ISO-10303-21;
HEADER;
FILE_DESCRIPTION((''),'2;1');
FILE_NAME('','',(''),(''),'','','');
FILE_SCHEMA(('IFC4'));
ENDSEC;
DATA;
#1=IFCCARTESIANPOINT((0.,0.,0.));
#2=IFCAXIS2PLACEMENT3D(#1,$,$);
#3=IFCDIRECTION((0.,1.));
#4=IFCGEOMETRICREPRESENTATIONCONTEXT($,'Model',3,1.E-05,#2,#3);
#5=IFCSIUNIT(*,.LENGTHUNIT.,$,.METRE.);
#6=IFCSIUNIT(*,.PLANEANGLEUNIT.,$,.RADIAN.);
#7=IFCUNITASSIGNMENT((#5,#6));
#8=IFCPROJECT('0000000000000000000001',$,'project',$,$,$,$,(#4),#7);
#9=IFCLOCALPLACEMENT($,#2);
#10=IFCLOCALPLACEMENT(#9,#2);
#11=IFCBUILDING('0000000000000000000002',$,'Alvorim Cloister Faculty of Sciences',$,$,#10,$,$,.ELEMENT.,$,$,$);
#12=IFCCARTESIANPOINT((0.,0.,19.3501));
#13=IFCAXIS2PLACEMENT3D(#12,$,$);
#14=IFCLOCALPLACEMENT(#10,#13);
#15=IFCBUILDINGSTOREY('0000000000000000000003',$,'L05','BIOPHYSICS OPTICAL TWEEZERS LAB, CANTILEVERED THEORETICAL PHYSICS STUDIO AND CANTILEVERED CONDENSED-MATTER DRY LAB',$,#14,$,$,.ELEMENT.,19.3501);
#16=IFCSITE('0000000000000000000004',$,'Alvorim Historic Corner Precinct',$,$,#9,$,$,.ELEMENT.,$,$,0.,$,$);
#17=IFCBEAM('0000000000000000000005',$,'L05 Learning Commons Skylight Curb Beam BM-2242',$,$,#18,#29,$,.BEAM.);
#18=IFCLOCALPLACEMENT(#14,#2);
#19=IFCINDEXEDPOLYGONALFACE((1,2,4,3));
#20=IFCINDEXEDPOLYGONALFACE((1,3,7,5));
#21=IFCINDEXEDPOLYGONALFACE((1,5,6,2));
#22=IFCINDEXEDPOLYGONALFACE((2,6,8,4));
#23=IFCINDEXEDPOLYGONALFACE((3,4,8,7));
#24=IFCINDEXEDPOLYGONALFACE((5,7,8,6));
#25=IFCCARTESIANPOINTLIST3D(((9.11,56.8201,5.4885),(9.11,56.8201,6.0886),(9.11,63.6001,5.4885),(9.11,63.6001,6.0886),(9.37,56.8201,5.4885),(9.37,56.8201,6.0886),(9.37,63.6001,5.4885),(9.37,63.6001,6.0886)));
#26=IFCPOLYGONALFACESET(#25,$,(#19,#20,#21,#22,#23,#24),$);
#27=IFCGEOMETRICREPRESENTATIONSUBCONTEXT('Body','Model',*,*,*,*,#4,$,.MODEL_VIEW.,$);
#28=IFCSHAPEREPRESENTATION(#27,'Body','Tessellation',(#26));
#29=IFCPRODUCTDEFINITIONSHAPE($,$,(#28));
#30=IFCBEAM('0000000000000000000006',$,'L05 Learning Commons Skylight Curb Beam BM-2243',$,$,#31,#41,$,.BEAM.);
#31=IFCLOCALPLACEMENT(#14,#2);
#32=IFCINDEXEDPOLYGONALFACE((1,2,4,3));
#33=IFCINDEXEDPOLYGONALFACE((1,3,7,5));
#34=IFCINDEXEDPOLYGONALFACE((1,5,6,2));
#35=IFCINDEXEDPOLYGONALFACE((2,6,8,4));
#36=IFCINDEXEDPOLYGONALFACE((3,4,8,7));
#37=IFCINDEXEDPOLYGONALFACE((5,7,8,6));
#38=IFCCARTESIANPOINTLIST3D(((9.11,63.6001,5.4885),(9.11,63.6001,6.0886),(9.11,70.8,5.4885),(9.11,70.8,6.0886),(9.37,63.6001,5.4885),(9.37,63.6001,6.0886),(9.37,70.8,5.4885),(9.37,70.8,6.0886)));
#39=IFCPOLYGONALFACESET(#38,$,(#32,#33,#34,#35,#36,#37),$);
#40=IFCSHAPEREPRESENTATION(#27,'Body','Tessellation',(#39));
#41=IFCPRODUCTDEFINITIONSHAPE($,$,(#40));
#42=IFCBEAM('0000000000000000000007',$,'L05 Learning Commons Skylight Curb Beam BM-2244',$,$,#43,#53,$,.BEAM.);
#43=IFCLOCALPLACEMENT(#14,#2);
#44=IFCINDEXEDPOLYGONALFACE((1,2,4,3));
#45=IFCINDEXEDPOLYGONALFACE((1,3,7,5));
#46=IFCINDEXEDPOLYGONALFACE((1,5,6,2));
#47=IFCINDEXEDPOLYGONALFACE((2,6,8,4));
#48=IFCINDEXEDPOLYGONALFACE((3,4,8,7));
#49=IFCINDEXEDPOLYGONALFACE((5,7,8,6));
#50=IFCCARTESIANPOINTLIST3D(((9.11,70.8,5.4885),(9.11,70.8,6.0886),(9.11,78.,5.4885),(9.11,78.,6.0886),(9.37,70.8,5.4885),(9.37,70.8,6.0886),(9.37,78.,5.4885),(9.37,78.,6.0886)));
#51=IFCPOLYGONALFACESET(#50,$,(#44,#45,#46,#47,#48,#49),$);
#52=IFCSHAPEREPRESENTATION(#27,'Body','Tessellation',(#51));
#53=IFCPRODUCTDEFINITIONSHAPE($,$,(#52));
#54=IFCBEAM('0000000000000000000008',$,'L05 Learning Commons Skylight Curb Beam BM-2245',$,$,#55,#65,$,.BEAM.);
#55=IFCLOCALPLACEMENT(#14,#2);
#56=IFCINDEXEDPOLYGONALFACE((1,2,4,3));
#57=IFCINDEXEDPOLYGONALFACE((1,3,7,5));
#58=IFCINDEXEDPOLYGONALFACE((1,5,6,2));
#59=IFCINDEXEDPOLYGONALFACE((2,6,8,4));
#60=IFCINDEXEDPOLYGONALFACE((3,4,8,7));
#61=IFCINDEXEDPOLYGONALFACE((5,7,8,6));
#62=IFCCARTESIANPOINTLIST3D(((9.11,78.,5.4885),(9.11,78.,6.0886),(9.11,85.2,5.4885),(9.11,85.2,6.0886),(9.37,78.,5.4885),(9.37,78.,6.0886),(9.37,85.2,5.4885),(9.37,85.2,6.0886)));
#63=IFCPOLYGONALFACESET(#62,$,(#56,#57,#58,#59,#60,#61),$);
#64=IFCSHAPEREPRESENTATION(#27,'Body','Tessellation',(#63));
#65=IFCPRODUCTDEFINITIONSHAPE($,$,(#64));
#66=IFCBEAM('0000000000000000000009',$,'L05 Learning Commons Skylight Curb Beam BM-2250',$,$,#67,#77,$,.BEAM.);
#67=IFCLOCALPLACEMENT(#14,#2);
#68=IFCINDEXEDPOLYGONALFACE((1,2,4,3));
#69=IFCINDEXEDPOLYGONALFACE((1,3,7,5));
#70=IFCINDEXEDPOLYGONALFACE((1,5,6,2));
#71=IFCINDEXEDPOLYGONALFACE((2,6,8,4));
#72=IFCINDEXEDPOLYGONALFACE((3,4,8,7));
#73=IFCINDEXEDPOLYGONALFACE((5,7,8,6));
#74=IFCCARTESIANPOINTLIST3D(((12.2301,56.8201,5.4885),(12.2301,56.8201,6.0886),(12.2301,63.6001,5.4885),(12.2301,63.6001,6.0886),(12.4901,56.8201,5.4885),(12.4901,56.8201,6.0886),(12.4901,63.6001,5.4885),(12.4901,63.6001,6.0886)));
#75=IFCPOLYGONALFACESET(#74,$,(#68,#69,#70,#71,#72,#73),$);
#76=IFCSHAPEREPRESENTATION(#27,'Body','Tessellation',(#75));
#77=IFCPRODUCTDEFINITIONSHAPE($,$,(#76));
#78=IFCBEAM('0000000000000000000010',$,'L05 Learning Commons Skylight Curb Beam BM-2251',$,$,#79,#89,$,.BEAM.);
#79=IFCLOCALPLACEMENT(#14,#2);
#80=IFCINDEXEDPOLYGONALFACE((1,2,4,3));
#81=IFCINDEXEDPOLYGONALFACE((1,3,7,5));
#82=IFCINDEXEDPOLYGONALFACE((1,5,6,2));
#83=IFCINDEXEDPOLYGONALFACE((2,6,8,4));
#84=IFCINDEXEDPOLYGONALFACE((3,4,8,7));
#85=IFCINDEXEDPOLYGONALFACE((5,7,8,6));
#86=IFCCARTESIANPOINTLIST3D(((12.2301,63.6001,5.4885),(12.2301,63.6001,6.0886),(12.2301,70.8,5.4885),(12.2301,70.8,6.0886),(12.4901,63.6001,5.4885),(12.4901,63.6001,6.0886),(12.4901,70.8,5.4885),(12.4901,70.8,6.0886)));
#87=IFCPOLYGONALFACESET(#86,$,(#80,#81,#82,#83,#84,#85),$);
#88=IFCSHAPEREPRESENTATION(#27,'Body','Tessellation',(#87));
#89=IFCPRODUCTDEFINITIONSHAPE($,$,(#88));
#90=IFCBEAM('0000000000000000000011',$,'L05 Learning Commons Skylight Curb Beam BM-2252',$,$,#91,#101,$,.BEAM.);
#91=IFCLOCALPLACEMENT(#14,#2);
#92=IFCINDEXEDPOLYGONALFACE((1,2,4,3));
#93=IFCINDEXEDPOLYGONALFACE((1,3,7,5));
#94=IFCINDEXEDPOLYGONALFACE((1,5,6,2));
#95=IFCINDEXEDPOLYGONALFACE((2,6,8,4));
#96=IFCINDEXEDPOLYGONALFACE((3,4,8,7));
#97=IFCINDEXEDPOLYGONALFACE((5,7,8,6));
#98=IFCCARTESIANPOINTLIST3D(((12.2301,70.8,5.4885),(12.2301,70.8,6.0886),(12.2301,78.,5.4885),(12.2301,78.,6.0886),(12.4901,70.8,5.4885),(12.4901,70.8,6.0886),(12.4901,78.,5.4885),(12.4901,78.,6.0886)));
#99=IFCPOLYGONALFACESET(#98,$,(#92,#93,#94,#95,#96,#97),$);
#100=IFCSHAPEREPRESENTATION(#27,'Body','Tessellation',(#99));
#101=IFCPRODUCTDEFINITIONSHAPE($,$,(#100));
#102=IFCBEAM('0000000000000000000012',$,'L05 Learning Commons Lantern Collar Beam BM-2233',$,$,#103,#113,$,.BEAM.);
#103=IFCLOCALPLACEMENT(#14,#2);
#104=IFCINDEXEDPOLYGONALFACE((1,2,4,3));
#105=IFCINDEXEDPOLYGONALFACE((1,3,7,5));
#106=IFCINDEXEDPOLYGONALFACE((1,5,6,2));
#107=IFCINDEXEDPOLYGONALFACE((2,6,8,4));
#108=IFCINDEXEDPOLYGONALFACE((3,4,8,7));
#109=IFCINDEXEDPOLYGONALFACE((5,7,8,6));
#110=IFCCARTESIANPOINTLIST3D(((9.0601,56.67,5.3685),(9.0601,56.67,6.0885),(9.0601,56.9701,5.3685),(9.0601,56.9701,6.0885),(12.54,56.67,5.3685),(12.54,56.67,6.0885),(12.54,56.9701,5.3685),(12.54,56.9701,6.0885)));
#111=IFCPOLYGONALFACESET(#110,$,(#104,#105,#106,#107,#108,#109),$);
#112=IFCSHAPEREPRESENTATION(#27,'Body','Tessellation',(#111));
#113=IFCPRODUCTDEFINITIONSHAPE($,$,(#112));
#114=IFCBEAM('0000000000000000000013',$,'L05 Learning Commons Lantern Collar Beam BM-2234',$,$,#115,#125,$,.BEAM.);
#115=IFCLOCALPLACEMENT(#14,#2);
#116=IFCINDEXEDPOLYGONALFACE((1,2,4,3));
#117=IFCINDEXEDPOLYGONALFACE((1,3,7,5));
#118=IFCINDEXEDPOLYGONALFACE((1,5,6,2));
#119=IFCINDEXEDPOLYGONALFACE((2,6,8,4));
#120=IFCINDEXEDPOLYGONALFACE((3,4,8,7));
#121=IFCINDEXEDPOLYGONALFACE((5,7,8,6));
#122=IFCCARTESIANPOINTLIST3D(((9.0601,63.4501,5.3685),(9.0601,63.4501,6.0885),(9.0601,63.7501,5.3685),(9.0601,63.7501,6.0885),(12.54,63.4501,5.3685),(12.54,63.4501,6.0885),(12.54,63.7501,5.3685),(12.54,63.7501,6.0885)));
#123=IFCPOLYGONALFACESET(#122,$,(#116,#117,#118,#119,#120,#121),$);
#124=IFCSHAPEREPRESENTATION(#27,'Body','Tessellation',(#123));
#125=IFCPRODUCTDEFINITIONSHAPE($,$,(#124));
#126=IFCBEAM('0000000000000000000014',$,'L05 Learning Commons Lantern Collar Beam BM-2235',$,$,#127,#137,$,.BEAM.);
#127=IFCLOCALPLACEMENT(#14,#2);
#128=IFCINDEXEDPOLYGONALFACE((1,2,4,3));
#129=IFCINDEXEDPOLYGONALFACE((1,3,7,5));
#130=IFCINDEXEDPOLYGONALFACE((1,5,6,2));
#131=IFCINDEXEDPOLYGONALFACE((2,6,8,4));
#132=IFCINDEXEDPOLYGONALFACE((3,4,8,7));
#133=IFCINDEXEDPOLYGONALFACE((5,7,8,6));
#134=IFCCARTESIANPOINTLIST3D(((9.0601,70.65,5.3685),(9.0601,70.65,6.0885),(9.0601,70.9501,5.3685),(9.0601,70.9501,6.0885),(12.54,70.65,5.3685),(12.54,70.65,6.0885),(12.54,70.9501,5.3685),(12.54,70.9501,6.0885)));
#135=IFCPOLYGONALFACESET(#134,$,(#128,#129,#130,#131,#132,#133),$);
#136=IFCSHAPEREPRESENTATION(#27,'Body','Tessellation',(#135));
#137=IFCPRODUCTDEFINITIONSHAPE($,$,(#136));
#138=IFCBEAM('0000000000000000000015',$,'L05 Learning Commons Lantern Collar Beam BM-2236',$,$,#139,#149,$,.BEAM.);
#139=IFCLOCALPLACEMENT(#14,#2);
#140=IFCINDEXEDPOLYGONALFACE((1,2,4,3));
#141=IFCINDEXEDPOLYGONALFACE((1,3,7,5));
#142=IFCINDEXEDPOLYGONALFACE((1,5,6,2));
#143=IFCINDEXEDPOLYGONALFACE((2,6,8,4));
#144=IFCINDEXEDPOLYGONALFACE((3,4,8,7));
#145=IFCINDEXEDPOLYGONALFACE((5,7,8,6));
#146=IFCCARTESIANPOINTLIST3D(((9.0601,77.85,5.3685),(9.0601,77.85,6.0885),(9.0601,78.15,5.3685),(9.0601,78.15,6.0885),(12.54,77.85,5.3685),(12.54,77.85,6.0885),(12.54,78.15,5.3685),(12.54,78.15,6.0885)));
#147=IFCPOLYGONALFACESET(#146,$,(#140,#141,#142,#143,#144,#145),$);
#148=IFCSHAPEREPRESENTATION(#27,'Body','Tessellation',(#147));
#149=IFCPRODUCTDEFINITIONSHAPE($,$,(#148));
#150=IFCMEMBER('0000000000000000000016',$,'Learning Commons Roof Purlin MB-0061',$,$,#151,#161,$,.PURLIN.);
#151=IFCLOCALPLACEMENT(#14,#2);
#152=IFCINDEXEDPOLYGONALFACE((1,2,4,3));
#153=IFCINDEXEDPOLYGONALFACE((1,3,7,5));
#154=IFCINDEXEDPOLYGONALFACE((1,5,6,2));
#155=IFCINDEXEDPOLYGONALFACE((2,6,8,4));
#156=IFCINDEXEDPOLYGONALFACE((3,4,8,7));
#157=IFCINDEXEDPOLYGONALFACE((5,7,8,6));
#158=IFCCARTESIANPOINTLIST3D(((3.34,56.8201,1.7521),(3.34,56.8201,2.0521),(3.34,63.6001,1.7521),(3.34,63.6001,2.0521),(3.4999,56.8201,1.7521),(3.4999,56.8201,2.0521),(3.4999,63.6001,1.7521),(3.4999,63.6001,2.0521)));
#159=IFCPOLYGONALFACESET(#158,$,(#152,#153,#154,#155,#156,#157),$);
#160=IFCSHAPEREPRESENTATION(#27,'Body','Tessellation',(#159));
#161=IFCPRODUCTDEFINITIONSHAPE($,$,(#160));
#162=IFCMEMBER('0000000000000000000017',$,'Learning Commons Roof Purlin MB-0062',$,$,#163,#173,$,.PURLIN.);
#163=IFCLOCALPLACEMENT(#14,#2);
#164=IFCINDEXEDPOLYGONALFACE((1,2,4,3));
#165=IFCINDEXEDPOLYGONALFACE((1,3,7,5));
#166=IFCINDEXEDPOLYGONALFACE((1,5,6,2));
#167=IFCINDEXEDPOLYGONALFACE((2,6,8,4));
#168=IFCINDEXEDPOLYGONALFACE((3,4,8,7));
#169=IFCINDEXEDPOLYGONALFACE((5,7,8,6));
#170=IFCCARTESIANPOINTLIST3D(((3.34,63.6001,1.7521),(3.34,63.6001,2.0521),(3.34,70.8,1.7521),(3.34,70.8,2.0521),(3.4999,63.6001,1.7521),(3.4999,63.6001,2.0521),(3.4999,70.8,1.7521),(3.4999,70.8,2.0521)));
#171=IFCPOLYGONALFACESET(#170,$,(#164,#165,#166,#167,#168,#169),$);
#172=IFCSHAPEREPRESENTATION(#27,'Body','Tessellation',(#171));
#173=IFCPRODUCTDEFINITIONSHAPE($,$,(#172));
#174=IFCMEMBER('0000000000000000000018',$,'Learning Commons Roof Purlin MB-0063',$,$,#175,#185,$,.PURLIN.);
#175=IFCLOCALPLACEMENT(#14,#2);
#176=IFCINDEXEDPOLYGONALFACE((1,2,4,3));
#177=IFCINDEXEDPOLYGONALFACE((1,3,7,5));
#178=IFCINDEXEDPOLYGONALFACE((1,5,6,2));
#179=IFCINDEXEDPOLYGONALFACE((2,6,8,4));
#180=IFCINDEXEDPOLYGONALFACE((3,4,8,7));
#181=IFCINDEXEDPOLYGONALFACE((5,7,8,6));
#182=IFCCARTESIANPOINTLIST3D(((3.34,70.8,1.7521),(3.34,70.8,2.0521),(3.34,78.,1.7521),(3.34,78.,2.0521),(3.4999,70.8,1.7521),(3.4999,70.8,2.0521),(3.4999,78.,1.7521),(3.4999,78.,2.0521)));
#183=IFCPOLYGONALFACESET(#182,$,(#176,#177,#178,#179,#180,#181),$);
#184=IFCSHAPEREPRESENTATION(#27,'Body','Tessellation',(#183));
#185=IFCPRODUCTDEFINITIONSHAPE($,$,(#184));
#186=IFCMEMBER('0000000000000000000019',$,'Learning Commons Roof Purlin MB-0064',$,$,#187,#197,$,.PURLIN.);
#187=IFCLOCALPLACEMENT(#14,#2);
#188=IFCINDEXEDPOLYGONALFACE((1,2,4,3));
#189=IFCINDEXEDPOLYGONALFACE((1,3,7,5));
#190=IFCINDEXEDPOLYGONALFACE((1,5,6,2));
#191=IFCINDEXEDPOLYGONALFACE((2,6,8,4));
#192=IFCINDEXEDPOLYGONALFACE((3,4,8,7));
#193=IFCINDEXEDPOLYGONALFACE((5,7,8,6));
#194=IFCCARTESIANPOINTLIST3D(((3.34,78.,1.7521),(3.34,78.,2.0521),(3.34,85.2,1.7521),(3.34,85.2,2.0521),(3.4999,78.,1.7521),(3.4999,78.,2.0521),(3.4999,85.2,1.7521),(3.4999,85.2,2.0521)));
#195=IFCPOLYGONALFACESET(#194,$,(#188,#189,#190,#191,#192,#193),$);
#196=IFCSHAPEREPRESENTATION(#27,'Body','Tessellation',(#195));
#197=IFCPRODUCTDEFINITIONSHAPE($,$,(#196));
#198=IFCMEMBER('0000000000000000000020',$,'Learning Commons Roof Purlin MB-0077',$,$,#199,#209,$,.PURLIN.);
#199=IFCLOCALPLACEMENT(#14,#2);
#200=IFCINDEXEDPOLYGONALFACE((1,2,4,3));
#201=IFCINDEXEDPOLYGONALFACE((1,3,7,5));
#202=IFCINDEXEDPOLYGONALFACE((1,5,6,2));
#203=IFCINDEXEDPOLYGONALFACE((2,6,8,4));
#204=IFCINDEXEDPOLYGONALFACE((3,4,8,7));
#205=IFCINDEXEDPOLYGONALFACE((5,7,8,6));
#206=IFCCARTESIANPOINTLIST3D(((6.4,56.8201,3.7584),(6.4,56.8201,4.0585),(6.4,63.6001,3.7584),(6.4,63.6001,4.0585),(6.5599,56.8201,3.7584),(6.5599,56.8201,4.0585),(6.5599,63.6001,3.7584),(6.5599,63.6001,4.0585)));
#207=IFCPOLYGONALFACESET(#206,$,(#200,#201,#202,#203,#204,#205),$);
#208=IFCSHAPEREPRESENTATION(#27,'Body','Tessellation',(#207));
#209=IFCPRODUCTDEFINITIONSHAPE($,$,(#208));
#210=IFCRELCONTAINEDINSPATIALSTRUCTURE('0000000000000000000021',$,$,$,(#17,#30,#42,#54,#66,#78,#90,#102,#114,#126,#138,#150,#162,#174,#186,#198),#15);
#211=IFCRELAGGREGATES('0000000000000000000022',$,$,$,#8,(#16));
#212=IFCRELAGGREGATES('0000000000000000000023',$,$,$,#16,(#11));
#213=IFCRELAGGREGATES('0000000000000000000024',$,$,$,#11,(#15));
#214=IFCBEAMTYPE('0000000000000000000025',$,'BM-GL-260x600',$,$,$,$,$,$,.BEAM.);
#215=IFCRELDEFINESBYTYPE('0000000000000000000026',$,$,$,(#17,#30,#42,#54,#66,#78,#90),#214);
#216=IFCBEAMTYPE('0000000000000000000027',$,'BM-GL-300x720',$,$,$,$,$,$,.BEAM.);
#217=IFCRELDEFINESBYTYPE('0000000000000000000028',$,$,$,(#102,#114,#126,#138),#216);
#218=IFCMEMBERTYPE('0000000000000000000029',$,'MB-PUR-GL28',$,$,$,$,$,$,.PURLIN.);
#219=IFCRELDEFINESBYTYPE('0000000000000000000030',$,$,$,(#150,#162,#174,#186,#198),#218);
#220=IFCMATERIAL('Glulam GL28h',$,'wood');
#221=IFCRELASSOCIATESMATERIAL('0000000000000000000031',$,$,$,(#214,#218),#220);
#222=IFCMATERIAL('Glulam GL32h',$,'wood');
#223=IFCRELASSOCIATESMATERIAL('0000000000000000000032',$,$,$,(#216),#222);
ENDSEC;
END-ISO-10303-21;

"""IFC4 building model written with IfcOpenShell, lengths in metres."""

from ifc_helpers import new_model, si_unit, direction, frame, origin, origin_2d, place, context, subcontext, project, spatial, rectangle, extrude, material, material_profile, profile_set, type_object, element, save


model = new_model("IFC4")

# Units and contexts
model_context = context("Model", 3, precision=1e-05, world=origin(), true_north=direction((0.0, 1.0)))
body_context = subcontext(model_context, "Body", "Model", "MODEL_VIEW")
ifc_project = project(units=[si_unit("LENGTHUNIT", "METRE"), si_unit("PLANEANGLEUNIT", "RADIAN")], contexts=[model_context])

# Site, building, storey
site_placement = place(None, origin())
site = spatial("IfcSite", under=ifc_project, at=site_placement, Name="Alvorim Historic Corner Precinct", CompositionType="ELEMENT", RefElevation=0.0)
building_placement = place(site_placement, origin())
building = spatial("IfcBuilding", under=site, at=building_placement, Name="Alvorim Cloister Faculty of Sciences", CompositionType="ELEMENT")
storey_placement = place(building_placement, frame((0.0, 0.0, 19.3501)))
storey = spatial("IfcBuildingStorey", under=building, at=storey_placement, Name="L05", Description="BIOPHYSICS OPTICAL TWEEZERS LAB, CANTILEVERED THEORETICAL PHYSICS STUDIO AND CANTILEVERED CONDENSED-MATTER DRY LAB", CompositionType="ELEMENT", Elevation=19.3501)

# Beams
ifc_material_1 = material(Name="Glulam GL28h", Category="wood")
ifc_material_profile_1 = material_profile(ifc_material_1, rectangle(XDim=0.26, YDim=0.6001, at=origin_2d()), Name="GL28-BM-260x600")
ifc_profile_set_1 = profile_set([ifc_material_profile_1], Name="Glulam GL28h")
beam_type_1 = type_object("IfcBeamType", Name="BM-GL-260x600", PredefinedType="BEAM", material=ifc_profile_set_1)
beam_1_placement = place(storey_placement, frame((9.24, 56.8201, 5.7886), z_axis=(0.0, 1.0, 0.0), x_axis=(-1.0, 0.0, 0.0)))
element("IfcBeam", 1, at=beam_1_placement, inside=storey, type_object=beam_type_1, Name="L05 Learning Commons Skylight Curb Beam BM-2242", PredefinedType="BEAM", context=body_context, shape_type="SweptSolid", body=[
    extrude(rectangle(XDim=0.26, YDim=0.6001, at=origin_2d()), origin(), (0.0, 0.0, 1.0), 6.78),
])
for number, where, z_axis, x_axis, name in (
    (2, (9.24, 63.6001, 5.7886), (0.0, 1.0, 0.0), (-1.0, 0.0, 0.0), "L05 Learning Commons Skylight Curb Beam BM-2243"),
    (3, (9.24, 70.8, 5.7886), (0.0, 1.0, 0.0), (-1.0, 0.0, 0.0), "L05 Learning Commons Skylight Curb Beam BM-2244"),
    (4, (9.24, 78.0, 5.7886), (0.0, 1.0, 0.0), (-1.0, 0.0, 0.0), "L05 Learning Commons Skylight Curb Beam BM-2245"),
):
    element("IfcBeam", number, at=place(storey_placement, frame(where, z_axis=z_axis, x_axis=x_axis)), inside=storey, type_object=beam_type_1, Name=name, PredefinedType="BEAM", context=body_context, shape_type="SweptSolid", body=[
        extrude(rectangle(XDim=0.26, YDim=0.6001, at=origin_2d()), origin(), (0.0, 0.0, 1.0), 7.2),
    ])
beam_2_placement = place(storey_placement, frame((12.3601, 56.8201, 5.7886), z_axis=(0.0, 1.0, 0.0), x_axis=(-1.0, 0.0, 0.0)))
element("IfcBeam", 5, at=beam_2_placement, inside=storey, type_object=beam_type_1, Name="L05 Learning Commons Skylight Curb Beam BM-2250", PredefinedType="BEAM", context=body_context, shape_type="SweptSolid", body=[
    extrude(rectangle(XDim=0.26, YDim=0.6001, at=origin_2d()), origin(), (0.0, 0.0, 1.0), 6.78),
])
for number, where, z_axis, x_axis, name in (
    (6, (12.3601, 63.6001, 5.7886), (0.0, 1.0, 0.0), (-1.0, 0.0, 0.0), "L05 Learning Commons Skylight Curb Beam BM-2251"),
    (7, (12.3601, 70.8, 5.7886), (0.0, 1.0, 0.0), (-1.0, 0.0, 0.0), "L05 Learning Commons Skylight Curb Beam BM-2252"),
):
    element("IfcBeam", number, at=place(storey_placement, frame(where, z_axis=z_axis, x_axis=x_axis)), inside=storey, type_object=beam_type_1, Name=name, PredefinedType="BEAM", context=body_context, shape_type="SweptSolid", body=[
        extrude(rectangle(XDim=0.26, YDim=0.6001, at=origin_2d()), origin(), (0.0, 0.0, 1.0), 7.2),
    ])
ifc_material_2 = material(Name="Glulam GL32h", Category="wood")
ifc_material_profile_2 = material_profile(ifc_material_2, rectangle(XDim=0.3, YDim=0.72, at=origin_2d()), Name="GL32-BM-300x720")
ifc_profile_set_2 = profile_set([ifc_material_profile_2], Name="Glulam GL32h")
beam_type_2 = type_object("IfcBeamType", Name="BM-GL-300x720", PredefinedType="BEAM", material=ifc_profile_set_2)
for number, where, z_axis, x_axis, name in (
    (8, (9.0601, 56.8201, 5.7285), (1.0, 0.0, 0.0), (0.0, 1.0, 0.0), "L05 Learning Commons Lantern Collar Beam BM-2233"),
    (9, (9.0601, 63.6001, 5.7285), (1.0, 0.0, 0.0), (0.0, 1.0, 0.0), "L05 Learning Commons Lantern Collar Beam BM-2234"),
    (10, (9.0601, 70.8, 5.7285), (1.0, 0.0, 0.0), (0.0, 1.0, 0.0), "L05 Learning Commons Lantern Collar Beam BM-2235"),
    (11, (9.0601, 78.0, 5.7285), (1.0, 0.0, 0.0), (0.0, 1.0, 0.0), "L05 Learning Commons Lantern Collar Beam BM-2236"),
):
    element("IfcBeam", number, at=place(storey_placement, frame(where, z_axis=z_axis, x_axis=x_axis)), inside=storey, type_object=beam_type_2, Name=name, PredefinedType="BEAM", context=body_context, shape_type="SweptSolid", body=[
        extrude(rectangle(XDim=0.3, YDim=0.72, at=origin_2d()), origin(), (0.0, 0.0, 1.0), 3.48),
    ])

# Members
ifc_material_profile_3 = material_profile(ifc_material_1, rectangle(XDim=0.1599, YDim=0.3, at=origin_2d()), Name="GL28-PUR-160x300")
ifc_profile_set_3 = profile_set([ifc_material_profile_3], Name="Glulam GL28h")
member_type_1 = type_object("IfcMemberType", Name="MB-PUR-GL28", PredefinedType="PURLIN", material=ifc_profile_set_3)
member_1_placement = place(storey_placement, frame((3.4199, 56.8201, 1.9021), z_axis=(0.0, 1.0, 0.0), x_axis=(-1.0, 0.0, 0.0)))
element("IfcMember", 12, at=member_1_placement, inside=storey, type_object=member_type_1, Name="Learning Commons Roof Purlin MB-0061", PredefinedType="PURLIN", context=body_context, shape_type="SweptSolid", body=[
    extrude(rectangle(XDim=0.1599, YDim=0.3, at=origin_2d()), origin(), (0.0, 0.0, 1.0), 6.78),
])
for number, where, z_axis, x_axis, name in (
    (13, (3.4199, 63.6001, 1.9021), (0.0, 1.0, 0.0), (-1.0, 0.0, 0.0), "Learning Commons Roof Purlin MB-0062"),
    (14, (3.4199, 70.8, 1.9021), (0.0, 1.0, 0.0), (-1.0, 0.0, 0.0), "Learning Commons Roof Purlin MB-0063"),
    (15, (3.4199, 78.0, 1.9021), (0.0, 1.0, 0.0), (-1.0, 0.0, 0.0), "Learning Commons Roof Purlin MB-0064"),
):
    element("IfcMember", number, at=place(storey_placement, frame(where, z_axis=z_axis, x_axis=x_axis)), inside=storey, type_object=member_type_1, Name=name, PredefinedType="PURLIN", context=body_context, shape_type="SweptSolid", body=[
        extrude(rectangle(XDim=0.1599, YDim=0.3, at=origin_2d()), origin(), (0.0, 0.0, 1.0), 7.2),
    ])
member_2_placement = place(storey_placement, frame((6.48, 56.8201, 3.9084), z_axis=(0.0, 1.0, 0.0), x_axis=(-1.0, 0.0, 0.0)))
element("IfcMember", 16, at=member_2_placement, inside=storey, type_object=member_type_1, Name="Learning Commons Roof Purlin MB-0077", PredefinedType="PURLIN", context=body_context, shape_type="SweptSolid", body=[
    extrude(rectangle(XDim=0.1599, YDim=0.3, at=origin_2d()), origin(), (0.0, 0.0, 1.0), 6.78),
])

save(model, "model.ifc")
